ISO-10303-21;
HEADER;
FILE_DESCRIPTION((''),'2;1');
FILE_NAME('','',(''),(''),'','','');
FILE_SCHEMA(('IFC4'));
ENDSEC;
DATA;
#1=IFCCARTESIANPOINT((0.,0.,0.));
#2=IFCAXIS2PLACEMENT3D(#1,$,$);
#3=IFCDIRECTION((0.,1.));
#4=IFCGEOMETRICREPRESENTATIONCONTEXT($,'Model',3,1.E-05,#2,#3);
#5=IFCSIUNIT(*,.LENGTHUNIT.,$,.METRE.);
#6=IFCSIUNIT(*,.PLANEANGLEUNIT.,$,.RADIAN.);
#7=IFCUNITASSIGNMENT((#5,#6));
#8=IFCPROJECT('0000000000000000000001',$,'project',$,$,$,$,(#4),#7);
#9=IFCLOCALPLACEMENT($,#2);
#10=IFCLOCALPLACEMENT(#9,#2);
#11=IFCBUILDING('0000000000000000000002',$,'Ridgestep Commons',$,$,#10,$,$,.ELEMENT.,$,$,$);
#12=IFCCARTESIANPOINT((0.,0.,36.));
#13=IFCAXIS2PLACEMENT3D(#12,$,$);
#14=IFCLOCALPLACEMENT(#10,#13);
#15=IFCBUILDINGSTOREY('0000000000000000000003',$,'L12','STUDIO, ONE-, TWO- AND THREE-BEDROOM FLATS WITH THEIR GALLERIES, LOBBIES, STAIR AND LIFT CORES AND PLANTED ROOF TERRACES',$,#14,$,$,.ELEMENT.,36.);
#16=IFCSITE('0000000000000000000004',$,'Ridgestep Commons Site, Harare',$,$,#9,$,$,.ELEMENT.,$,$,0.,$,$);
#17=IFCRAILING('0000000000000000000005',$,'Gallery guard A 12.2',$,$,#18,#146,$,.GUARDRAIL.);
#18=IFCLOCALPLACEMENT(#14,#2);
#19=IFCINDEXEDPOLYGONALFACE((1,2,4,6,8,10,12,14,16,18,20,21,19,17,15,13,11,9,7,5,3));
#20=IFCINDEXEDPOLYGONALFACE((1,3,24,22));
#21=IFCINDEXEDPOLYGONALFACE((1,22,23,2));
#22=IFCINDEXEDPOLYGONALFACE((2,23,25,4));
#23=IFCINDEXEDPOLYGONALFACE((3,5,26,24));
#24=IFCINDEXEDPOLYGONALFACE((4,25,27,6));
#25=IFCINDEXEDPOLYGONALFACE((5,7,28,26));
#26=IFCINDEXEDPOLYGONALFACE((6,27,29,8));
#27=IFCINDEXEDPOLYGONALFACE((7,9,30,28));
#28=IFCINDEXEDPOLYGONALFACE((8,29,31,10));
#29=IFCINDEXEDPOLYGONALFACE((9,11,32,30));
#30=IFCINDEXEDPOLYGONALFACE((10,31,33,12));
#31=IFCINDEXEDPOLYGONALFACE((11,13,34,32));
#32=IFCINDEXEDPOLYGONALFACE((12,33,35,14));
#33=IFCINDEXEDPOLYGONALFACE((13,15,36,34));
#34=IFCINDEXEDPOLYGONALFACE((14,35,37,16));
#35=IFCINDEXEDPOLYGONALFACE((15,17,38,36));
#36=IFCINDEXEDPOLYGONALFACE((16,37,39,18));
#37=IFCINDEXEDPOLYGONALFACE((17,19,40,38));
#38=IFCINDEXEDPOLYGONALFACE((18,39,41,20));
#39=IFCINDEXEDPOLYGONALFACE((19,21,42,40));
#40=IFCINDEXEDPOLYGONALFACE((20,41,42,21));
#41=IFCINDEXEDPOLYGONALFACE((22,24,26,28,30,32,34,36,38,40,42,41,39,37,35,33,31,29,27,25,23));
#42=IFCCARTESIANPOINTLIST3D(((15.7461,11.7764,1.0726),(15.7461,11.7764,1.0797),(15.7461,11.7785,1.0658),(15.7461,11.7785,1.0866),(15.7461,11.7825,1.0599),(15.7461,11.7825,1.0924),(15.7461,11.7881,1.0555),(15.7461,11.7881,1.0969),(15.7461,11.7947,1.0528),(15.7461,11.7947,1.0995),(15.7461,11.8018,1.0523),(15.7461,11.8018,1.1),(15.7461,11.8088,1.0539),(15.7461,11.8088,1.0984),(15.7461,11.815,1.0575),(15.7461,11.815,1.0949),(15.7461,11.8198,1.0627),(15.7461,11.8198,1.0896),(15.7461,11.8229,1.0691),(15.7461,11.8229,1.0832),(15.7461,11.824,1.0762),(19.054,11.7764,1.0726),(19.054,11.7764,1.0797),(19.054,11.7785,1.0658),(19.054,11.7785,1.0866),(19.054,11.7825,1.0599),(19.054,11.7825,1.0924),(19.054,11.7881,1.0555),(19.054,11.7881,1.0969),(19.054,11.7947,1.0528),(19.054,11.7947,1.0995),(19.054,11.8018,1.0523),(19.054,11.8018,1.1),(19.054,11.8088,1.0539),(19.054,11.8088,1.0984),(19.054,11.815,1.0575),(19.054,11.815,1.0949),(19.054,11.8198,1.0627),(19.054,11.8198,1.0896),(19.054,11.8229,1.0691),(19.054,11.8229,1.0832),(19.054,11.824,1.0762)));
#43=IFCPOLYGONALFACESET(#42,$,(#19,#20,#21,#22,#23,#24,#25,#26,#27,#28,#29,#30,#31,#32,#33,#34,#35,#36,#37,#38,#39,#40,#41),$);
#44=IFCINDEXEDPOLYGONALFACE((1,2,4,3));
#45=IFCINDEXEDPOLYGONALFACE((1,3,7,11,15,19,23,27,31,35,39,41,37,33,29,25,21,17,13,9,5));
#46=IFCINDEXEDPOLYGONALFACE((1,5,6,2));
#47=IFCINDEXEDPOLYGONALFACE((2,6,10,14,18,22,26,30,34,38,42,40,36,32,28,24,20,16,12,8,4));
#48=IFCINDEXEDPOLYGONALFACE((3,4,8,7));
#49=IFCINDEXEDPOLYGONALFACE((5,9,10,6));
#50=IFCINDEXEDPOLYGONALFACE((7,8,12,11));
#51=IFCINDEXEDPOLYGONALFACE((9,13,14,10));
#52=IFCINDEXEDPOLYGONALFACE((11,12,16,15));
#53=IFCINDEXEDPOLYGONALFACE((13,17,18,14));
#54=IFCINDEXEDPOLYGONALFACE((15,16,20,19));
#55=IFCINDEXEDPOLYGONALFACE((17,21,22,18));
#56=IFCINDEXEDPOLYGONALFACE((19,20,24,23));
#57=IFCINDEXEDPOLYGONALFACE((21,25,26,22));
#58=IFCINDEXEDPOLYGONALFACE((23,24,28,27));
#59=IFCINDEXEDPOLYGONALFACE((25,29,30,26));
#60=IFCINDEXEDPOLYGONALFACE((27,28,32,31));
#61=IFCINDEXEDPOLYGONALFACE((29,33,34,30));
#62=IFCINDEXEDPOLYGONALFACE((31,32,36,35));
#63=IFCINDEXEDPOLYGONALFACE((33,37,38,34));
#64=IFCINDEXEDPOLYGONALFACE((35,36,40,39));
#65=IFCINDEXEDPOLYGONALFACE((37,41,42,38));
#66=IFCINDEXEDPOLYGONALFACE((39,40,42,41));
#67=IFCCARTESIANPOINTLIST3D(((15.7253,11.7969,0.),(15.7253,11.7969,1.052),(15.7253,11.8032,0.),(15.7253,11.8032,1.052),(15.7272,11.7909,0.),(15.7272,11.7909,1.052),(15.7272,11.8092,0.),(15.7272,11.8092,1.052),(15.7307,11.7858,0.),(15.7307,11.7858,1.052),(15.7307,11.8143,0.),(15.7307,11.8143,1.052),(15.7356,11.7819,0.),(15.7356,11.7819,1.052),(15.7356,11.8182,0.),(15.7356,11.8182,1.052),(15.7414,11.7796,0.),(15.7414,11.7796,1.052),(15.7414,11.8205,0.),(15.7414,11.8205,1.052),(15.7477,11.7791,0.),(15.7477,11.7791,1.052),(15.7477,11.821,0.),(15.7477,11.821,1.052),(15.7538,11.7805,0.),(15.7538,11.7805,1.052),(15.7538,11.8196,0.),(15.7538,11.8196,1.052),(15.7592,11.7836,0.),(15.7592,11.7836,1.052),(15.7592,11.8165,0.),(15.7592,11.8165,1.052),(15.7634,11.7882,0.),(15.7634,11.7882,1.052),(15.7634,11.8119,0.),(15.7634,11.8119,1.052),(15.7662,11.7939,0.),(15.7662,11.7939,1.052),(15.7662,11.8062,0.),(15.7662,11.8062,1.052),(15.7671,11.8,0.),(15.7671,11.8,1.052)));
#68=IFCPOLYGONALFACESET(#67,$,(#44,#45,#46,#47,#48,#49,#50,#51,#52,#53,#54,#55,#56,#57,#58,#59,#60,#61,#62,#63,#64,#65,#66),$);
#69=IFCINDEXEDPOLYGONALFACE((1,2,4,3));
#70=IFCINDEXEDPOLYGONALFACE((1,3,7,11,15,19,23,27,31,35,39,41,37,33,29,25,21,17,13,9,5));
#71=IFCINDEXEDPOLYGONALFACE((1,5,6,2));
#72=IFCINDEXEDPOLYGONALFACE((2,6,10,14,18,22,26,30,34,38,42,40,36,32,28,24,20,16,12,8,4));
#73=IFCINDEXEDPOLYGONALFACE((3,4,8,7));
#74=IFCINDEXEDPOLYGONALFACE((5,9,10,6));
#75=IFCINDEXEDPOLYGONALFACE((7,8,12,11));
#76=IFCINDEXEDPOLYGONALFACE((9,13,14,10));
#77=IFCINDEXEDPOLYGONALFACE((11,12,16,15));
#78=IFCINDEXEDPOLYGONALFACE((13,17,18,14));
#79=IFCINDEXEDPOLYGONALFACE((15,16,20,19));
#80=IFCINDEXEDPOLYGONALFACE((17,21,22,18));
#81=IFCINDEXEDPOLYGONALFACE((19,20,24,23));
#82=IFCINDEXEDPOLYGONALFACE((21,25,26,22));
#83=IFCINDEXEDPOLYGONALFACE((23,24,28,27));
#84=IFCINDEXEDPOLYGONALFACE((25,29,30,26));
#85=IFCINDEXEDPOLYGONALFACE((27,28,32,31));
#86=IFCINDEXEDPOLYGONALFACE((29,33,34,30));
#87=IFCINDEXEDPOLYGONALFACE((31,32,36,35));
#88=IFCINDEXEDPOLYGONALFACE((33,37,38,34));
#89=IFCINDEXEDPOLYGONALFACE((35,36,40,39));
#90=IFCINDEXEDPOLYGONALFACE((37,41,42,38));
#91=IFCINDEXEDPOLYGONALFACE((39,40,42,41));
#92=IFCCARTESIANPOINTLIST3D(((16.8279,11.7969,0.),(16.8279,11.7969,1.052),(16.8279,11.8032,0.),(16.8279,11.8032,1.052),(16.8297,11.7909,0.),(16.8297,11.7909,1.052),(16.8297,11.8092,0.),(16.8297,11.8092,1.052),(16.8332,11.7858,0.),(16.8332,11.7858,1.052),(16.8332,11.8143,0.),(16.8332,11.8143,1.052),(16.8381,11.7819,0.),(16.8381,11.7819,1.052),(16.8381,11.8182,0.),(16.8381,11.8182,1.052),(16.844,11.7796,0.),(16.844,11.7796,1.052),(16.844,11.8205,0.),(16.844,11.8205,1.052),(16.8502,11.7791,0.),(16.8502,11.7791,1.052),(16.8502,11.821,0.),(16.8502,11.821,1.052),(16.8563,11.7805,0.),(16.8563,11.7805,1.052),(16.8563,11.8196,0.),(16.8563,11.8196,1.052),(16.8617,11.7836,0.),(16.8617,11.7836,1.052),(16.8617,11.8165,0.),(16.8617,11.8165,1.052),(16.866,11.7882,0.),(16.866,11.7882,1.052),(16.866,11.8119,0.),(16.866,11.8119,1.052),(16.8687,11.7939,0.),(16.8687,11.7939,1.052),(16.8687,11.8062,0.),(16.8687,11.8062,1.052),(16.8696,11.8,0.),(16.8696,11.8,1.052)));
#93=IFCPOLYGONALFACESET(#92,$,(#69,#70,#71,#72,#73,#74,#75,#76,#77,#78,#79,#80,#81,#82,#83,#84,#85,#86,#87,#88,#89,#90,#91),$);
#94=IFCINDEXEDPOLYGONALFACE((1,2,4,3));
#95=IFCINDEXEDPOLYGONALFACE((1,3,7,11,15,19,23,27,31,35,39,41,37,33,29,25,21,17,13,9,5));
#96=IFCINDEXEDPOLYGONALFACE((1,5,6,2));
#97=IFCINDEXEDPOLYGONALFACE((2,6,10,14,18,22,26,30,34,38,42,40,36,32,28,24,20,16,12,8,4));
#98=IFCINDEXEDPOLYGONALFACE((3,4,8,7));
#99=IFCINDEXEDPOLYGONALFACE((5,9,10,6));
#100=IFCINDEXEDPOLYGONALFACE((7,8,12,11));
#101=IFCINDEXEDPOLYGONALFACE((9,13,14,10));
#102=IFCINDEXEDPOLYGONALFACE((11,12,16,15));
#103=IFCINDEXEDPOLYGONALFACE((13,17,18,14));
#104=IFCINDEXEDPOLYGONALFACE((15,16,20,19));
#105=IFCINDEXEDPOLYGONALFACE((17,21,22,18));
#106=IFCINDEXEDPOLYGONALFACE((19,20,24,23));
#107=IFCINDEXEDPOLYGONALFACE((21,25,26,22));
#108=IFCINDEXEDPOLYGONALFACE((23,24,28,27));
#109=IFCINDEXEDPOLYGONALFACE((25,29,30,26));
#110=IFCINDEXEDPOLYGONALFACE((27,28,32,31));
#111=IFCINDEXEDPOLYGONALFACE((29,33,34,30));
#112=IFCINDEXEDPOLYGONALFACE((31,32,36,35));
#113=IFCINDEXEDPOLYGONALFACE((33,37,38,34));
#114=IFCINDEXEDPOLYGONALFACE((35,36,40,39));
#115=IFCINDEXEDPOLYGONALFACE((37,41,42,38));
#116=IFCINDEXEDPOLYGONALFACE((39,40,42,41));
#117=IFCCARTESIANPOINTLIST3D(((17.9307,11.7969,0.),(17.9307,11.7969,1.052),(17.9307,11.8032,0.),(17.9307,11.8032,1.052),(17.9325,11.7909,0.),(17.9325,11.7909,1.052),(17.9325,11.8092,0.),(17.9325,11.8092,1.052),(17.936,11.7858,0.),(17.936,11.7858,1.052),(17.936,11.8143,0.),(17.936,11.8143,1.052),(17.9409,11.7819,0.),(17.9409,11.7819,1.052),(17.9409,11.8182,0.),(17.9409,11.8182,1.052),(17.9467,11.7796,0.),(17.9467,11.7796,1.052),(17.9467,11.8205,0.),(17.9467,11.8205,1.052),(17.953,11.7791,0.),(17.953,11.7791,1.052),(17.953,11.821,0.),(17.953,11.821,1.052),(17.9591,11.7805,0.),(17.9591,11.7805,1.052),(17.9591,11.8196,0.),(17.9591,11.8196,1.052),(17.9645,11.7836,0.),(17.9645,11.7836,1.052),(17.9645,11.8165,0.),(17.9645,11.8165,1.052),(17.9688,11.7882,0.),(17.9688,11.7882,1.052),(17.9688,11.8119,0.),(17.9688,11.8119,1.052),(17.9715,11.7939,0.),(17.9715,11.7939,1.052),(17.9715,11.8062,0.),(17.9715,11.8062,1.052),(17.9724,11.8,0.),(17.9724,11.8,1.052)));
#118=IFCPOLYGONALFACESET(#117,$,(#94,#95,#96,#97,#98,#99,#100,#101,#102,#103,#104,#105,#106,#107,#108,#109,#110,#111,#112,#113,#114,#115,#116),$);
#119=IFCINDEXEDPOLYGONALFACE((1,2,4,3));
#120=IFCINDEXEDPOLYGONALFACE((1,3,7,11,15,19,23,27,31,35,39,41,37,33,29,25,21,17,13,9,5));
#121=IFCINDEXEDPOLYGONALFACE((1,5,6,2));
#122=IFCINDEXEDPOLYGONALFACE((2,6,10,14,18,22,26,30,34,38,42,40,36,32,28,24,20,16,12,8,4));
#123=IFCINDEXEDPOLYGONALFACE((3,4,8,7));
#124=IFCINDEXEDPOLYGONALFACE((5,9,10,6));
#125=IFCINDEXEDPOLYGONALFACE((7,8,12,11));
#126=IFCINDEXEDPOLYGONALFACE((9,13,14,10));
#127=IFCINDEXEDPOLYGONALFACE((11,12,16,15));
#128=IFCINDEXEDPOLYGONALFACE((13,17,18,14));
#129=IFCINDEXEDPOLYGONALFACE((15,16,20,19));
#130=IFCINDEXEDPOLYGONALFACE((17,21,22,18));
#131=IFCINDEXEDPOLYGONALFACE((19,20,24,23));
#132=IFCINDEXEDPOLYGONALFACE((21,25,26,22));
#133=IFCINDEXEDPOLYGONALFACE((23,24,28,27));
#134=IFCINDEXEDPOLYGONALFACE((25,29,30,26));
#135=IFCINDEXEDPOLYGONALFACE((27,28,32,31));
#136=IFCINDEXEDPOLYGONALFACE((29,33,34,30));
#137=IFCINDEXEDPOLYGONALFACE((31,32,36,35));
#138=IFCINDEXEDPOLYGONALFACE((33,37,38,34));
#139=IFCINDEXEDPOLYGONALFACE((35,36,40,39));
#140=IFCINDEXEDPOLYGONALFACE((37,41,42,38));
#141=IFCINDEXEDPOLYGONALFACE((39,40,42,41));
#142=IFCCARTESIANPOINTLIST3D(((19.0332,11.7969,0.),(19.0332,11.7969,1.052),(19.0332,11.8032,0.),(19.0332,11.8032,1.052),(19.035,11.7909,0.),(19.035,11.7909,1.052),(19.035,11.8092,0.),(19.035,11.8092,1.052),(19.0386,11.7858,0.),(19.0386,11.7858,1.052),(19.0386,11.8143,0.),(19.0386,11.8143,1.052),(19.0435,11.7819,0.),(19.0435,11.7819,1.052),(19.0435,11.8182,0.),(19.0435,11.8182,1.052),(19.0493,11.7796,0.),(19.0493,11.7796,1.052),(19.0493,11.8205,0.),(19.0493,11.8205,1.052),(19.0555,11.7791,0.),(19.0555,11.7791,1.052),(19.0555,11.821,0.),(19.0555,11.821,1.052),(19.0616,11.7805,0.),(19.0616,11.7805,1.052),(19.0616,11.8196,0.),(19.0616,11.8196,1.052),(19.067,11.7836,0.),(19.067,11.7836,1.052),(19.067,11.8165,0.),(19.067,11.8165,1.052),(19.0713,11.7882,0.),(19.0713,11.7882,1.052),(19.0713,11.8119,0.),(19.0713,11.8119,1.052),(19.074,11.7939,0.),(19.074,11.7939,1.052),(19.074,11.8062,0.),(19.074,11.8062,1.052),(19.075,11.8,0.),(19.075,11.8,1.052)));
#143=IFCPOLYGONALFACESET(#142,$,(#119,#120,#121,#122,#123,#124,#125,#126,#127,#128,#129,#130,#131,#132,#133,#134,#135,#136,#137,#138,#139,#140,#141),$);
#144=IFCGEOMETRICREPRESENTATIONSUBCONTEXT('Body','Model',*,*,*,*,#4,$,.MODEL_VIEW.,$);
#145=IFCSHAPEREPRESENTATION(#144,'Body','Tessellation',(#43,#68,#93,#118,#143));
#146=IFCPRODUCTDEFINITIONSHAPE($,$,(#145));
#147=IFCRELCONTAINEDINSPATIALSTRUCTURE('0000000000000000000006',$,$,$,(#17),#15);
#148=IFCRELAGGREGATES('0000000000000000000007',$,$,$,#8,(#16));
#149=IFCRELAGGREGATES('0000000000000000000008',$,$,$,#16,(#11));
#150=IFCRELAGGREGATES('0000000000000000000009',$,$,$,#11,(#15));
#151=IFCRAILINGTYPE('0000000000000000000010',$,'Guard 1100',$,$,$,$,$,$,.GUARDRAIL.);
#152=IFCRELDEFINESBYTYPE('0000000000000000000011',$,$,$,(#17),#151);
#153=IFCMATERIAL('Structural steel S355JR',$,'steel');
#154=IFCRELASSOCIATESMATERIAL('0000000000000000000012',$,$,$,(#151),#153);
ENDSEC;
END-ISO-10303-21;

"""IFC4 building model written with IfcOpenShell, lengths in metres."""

from ifc_helpers import new_model, si_unit, direction, frame, origin, origin_2d, place, context, subcontext, project, spatial, circle, extrude, material, type_object, element, save


model = new_model("IFC4")

# Units and contexts
model_context = context("Model", 3, precision=1e-05, world=origin(), true_north=direction((0.0, 1.0)))
body_context = subcontext(model_context, "Body", "Model", "MODEL_VIEW")
ifc_project = project(units=[si_unit("LENGTHUNIT", "METRE"), si_unit("PLANEANGLEUNIT", "RADIAN")], contexts=[model_context])

# Site, building, storey
site_placement = place(None, origin())
site = spatial("IfcSite", under=ifc_project, at=site_placement, Name="Ridgestep Commons Site, Harare", CompositionType="ELEMENT", RefElevation=0.0)
building_placement = place(site_placement, origin())
building = spatial("IfcBuilding", under=site, at=building_placement, Name="Ridgestep Commons", CompositionType="ELEMENT")
storey_placement = place(building_placement, frame((0.0, 0.0, 36.0)))
storey = spatial("IfcBuildingStorey", under=building, at=storey_placement, Name="L12", Description="STUDIO, ONE-, TWO- AND THREE-BEDROOM FLATS WITH THEIR GALLERIES, LOBBIES, STAIR AND LIFT CORES AND PLANTED ROOF TERRACES", CompositionType="ELEMENT", Elevation=36.0)

# Railing
ifc_material_1 = material(Name="Structural steel S355JR", Category="steel")
railing_type = type_object("IfcRailingType", Name="Guard 1100", PredefinedType="GUARDRAIL", material=ifc_material_1)
railing_1_placement = place(storey_placement, frame((15.7461, 11.8, 0.0)))
element("IfcRailing", 1, at=railing_1_placement, inside=storey, type_object=railing_type, Name="Gallery guard A 12.2", PredefinedType="GUARDRAIL", context=body_context, shape_type="SweptSolid", body=[
    extrude(circle(Radius=0.0239, at=origin_2d()), frame((0.0, 0.0, 1.0762), z_axis=(1.0, 0.0, 0.0), x_axis=(0.0, 1.0, 0.0)), (0.0, 0.0, 1.0), 3.3079),
    extrude(circle(Radius=0.021, at=origin_2d()), origin(), (0.0, 0.0, 1.0), 1.052),
    extrude(circle(Radius=0.021, at=origin_2d()), frame((1.1025, 0.0, 0.0)), (0.0, 0.0, 1.0), 1.052),
    extrude(circle(Radius=0.021, at=origin_2d()), frame((2.2053, 0.0, 0.0)), (0.0, 0.0, 1.0), 1.052),
    extrude(circle(Radius=0.021, at=origin_2d()), frame((3.3079, 0.0, 0.0)), (0.0, 0.0, 1.0), 1.052),
])

save(model, "model.ifc")
